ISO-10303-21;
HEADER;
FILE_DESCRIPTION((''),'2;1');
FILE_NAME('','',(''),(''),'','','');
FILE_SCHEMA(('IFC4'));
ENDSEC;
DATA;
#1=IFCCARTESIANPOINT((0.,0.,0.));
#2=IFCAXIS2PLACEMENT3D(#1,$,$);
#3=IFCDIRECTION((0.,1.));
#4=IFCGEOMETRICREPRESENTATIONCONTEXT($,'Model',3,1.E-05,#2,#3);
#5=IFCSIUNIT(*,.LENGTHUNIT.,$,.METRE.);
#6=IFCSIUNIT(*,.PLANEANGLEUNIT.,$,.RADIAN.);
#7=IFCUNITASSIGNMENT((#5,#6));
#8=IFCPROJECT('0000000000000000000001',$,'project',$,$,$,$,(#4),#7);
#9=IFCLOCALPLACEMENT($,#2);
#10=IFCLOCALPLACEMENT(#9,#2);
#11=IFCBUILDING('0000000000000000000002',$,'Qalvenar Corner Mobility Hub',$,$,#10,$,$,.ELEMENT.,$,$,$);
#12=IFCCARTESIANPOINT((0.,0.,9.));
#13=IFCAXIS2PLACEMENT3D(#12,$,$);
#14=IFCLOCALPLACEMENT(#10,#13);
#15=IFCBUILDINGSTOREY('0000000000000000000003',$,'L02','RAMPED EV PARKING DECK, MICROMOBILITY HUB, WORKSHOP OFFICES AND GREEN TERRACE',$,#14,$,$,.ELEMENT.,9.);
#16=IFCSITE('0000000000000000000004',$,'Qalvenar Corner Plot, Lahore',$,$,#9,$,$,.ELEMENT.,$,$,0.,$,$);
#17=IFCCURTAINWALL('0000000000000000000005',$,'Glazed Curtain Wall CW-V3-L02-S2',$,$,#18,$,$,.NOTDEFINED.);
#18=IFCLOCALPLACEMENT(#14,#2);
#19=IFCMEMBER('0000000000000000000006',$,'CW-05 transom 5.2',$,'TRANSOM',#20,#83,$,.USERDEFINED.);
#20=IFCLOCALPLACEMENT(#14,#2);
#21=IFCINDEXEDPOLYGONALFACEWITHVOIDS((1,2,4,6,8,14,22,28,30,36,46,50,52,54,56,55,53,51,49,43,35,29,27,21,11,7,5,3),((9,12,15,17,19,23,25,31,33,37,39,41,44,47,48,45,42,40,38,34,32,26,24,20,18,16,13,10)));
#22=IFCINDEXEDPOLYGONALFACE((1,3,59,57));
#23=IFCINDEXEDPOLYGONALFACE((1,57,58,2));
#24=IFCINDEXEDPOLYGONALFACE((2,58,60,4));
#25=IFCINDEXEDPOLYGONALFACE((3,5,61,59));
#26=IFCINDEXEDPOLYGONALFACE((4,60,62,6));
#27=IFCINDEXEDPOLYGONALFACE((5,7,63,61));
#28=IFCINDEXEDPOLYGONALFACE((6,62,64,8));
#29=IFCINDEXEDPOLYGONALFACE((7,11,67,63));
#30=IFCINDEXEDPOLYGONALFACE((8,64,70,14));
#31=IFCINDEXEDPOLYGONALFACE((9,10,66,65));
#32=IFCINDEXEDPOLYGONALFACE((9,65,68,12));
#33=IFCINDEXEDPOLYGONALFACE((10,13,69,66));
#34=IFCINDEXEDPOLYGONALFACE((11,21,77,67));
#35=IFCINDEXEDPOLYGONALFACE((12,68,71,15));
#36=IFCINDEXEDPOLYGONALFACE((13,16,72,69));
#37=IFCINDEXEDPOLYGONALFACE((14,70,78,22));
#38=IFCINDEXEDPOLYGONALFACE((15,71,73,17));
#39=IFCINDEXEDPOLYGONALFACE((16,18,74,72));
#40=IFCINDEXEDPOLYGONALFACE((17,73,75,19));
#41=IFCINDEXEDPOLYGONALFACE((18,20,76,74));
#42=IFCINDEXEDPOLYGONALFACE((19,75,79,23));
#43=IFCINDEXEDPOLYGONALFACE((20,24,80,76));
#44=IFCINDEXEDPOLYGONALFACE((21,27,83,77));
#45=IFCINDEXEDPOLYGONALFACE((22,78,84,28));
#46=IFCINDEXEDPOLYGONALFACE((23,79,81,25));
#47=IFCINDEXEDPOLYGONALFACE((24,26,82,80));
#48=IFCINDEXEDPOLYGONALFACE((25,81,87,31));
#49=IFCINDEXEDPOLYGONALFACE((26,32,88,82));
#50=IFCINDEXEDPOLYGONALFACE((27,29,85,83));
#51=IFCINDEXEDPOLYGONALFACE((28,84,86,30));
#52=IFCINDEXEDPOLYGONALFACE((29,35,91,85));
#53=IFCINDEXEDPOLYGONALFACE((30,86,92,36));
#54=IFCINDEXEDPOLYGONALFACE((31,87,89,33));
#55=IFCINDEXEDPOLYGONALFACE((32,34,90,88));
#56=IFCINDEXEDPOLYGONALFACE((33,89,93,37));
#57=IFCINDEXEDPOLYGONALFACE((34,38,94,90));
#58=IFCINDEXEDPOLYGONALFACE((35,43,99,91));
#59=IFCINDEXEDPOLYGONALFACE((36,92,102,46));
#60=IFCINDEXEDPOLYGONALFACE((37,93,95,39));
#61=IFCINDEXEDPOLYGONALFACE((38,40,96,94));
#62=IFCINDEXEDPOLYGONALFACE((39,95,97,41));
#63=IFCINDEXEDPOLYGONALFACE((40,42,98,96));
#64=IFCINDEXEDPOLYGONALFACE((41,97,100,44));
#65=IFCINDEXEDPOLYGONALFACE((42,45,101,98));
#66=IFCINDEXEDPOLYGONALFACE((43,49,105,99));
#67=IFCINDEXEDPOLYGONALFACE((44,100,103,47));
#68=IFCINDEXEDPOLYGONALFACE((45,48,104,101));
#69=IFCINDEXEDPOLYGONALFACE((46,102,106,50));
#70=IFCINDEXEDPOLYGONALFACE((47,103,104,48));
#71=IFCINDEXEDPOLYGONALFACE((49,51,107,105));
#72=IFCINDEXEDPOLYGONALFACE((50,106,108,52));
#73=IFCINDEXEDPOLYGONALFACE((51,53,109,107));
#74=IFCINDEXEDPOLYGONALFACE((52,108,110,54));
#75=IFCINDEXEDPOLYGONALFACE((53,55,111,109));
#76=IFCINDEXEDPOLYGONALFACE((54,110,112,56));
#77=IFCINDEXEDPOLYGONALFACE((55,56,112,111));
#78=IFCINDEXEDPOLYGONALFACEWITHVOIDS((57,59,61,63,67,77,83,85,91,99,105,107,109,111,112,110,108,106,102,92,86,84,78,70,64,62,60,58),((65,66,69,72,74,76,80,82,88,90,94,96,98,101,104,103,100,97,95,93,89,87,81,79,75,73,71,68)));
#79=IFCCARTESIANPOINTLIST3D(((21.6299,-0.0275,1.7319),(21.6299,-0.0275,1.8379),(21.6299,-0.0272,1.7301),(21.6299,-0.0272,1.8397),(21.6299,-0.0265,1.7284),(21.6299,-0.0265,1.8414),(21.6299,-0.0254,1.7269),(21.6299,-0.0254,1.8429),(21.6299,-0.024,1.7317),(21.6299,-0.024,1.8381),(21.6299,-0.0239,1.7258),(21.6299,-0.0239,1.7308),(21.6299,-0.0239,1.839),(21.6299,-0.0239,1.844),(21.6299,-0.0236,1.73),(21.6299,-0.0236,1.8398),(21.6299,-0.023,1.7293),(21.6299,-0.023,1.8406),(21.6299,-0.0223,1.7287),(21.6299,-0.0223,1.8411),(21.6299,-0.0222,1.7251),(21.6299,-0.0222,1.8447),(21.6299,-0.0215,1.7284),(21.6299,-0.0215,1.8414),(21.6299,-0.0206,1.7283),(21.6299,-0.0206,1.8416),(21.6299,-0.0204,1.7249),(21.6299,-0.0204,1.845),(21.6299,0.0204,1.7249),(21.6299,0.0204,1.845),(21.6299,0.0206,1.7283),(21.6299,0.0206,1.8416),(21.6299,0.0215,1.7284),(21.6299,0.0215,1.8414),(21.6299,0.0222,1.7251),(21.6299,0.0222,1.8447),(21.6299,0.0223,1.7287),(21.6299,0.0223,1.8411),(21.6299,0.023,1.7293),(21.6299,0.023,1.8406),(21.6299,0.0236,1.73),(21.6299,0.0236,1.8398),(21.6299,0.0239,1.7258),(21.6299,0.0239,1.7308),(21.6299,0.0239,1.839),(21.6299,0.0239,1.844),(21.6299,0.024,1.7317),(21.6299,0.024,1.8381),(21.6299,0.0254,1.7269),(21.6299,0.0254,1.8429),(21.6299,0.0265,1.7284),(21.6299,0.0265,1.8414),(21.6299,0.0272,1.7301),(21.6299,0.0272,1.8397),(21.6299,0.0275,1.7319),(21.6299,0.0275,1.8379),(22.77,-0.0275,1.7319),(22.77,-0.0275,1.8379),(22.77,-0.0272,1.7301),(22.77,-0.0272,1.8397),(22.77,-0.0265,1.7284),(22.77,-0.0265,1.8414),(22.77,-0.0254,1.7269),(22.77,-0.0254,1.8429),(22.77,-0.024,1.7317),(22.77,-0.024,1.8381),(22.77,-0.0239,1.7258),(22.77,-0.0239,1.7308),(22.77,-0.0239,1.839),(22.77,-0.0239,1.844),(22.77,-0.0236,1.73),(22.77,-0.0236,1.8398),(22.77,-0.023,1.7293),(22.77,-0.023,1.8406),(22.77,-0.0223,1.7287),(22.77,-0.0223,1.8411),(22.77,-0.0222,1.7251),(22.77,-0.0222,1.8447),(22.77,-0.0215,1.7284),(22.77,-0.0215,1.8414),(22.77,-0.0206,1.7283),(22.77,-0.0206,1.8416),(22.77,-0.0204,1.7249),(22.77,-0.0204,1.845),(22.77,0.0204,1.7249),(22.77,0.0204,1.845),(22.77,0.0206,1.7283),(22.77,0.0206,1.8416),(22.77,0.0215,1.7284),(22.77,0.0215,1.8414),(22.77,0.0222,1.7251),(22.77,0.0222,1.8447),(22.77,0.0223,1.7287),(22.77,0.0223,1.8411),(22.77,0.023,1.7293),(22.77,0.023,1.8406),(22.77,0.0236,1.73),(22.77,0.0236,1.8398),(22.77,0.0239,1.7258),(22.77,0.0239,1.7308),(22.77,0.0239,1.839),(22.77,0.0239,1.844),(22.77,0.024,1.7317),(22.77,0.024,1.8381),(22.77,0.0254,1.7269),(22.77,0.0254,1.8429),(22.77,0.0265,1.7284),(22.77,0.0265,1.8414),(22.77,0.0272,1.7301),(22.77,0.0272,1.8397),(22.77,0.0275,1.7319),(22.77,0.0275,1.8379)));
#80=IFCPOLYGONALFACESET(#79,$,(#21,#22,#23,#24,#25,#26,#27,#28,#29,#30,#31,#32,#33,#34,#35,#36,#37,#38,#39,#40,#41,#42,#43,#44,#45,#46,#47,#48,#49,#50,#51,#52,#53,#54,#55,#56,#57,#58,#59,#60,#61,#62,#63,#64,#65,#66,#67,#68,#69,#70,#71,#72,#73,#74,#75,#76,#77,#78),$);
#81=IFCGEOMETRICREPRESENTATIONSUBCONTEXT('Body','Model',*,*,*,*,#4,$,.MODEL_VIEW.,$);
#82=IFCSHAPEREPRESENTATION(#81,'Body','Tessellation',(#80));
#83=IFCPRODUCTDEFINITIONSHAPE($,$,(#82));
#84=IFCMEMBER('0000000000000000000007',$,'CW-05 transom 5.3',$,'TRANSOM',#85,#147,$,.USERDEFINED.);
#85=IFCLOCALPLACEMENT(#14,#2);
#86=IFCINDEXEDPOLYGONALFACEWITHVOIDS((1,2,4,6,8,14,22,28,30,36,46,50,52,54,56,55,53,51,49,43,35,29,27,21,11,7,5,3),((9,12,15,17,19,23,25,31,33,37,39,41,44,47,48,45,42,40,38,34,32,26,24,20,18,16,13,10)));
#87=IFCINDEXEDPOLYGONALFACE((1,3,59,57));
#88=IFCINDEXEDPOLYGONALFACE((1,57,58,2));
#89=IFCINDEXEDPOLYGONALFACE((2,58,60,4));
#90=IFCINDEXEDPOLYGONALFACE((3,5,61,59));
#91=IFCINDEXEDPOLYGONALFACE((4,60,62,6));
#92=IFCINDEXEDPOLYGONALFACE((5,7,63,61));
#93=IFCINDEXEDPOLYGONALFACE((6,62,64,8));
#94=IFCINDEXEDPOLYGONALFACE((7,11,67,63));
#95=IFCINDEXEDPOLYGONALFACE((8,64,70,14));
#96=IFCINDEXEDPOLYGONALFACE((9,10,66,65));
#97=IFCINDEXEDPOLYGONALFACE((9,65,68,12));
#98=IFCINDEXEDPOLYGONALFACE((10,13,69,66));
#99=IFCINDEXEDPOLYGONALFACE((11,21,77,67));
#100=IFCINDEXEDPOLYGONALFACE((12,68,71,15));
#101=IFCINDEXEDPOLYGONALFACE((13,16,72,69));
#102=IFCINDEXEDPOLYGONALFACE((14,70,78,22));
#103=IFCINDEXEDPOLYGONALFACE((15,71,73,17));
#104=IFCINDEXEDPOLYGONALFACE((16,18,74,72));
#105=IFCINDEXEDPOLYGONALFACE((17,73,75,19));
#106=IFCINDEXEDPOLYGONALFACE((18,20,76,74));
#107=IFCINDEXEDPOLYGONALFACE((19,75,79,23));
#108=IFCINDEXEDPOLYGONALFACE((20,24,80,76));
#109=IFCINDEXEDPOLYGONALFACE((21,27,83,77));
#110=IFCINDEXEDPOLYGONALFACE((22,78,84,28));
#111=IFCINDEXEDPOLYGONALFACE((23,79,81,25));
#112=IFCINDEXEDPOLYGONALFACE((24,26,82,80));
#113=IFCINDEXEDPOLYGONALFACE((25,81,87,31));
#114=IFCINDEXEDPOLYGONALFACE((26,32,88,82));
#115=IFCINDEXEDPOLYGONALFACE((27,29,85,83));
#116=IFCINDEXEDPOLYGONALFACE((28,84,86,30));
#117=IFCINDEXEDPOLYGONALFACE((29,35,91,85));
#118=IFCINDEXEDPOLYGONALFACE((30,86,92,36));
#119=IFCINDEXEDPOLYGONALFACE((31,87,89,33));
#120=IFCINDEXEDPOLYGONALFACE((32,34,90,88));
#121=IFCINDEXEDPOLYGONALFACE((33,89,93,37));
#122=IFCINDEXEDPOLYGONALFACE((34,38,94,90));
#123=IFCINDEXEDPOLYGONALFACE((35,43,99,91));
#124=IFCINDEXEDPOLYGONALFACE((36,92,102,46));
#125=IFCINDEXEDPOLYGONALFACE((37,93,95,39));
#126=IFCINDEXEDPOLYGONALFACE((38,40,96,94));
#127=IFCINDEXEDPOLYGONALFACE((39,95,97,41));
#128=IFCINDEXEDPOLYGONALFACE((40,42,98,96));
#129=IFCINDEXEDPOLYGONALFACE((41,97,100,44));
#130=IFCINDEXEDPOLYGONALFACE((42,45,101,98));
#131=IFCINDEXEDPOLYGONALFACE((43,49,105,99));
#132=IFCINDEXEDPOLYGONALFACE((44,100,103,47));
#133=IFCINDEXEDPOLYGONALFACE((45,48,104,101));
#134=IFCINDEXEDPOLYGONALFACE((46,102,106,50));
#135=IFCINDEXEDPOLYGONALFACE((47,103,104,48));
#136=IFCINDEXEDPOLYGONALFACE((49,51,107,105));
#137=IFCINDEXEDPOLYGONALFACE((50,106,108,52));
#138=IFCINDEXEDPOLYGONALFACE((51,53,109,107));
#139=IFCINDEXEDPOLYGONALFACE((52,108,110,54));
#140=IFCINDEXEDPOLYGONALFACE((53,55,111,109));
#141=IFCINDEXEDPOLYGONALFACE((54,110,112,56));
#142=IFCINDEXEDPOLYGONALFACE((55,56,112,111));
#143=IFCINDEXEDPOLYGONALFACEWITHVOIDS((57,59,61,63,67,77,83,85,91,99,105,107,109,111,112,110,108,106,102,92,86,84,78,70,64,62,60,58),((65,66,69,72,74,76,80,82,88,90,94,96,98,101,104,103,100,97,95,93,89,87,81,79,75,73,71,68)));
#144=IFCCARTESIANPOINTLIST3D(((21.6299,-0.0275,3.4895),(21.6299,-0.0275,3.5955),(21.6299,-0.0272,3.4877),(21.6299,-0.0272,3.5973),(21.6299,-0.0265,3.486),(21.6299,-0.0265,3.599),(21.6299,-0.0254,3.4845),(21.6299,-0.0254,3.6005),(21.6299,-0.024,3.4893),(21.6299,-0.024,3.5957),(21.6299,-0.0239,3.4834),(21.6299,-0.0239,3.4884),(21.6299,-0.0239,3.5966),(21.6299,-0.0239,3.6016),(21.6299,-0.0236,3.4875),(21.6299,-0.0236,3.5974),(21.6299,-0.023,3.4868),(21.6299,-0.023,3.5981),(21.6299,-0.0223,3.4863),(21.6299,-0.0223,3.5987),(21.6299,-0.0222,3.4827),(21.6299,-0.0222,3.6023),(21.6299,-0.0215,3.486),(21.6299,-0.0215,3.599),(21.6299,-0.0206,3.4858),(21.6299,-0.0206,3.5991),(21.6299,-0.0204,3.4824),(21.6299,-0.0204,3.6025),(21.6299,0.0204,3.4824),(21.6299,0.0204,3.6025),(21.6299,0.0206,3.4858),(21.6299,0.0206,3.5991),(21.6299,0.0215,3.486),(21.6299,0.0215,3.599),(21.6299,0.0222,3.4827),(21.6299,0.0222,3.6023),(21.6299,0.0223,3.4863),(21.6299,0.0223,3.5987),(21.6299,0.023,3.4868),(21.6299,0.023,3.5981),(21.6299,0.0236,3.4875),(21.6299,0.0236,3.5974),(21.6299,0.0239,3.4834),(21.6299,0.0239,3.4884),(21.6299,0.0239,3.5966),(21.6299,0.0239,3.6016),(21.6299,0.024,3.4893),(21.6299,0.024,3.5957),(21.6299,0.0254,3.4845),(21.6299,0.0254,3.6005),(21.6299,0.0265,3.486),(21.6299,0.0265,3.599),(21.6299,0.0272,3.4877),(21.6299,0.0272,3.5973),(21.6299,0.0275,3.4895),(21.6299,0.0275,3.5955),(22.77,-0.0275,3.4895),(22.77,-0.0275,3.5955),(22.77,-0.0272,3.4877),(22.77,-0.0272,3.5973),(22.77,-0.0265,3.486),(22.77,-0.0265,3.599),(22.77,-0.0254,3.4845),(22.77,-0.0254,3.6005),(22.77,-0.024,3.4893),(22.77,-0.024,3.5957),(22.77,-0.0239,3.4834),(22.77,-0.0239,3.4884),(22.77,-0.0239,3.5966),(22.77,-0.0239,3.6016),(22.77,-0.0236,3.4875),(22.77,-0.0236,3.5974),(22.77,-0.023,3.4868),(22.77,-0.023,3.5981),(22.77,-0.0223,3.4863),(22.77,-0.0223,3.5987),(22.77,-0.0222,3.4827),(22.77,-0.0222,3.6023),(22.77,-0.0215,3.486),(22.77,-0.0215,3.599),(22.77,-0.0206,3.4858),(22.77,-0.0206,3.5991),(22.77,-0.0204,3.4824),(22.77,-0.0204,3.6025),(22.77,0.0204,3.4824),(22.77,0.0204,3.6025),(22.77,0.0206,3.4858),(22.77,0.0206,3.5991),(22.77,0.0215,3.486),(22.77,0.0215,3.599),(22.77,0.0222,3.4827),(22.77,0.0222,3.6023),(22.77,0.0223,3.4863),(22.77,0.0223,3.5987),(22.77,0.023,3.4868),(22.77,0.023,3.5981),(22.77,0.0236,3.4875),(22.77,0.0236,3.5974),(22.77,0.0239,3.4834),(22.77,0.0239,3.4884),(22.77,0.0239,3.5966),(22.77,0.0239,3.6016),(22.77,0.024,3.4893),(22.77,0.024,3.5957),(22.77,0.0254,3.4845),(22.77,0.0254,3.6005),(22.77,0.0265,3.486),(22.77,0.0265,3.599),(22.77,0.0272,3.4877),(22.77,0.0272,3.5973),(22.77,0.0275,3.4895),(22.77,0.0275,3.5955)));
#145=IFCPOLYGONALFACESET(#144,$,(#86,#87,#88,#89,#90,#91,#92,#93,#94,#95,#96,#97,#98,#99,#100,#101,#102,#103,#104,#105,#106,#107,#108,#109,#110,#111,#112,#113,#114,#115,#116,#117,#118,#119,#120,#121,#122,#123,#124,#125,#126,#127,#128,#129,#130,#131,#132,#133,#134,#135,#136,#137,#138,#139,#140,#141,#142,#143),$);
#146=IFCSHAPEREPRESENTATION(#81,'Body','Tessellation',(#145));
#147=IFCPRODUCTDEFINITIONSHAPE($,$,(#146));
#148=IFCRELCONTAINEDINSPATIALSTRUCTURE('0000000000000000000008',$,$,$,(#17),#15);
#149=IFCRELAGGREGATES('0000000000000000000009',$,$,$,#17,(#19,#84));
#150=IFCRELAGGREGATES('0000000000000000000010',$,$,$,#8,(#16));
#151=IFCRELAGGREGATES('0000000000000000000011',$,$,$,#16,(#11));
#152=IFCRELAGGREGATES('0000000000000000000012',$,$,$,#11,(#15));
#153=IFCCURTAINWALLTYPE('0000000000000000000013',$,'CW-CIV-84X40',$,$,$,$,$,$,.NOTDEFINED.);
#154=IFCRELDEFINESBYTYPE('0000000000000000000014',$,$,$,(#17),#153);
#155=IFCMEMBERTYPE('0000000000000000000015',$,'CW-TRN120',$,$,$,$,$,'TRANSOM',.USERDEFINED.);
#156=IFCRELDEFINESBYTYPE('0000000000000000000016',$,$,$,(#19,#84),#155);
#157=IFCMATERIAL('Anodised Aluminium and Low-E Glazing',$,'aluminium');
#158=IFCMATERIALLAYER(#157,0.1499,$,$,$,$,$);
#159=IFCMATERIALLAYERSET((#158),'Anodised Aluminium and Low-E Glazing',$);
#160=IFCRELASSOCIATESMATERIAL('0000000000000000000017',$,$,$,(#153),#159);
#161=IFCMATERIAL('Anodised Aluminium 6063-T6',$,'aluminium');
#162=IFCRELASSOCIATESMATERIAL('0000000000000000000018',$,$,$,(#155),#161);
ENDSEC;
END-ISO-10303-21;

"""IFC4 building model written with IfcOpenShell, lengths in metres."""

from ifc_helpers import new_model, si_unit, direction, frame, origin, origin_2d, place, context, subcontext, project, spatial, hollow_rectangle, extrude, material, layer, layer_set, material_profile, profile_set, type_object, element, aggregate, save


model = new_model("IFC4")

# Units and contexts
model_context = context("Model", 3, precision=1e-05, world=origin(), true_north=direction((0.0, 1.0)))
body_context = subcontext(model_context, "Body", "Model", "MODEL_VIEW")
ifc_project = project(units=[si_unit("LENGTHUNIT", "METRE"), si_unit("PLANEANGLEUNIT", "RADIAN")], contexts=[model_context])

# Site, building, storey
site_placement = place(None, origin())
site = spatial("IfcSite", under=ifc_project, at=site_placement, Name="Qalvenar Corner Plot, Lahore", CompositionType="ELEMENT", RefElevation=0.0)
building_placement = place(site_placement, origin())
building = spatial("IfcBuilding", under=site, at=building_placement, Name="Qalvenar Corner Mobility Hub", CompositionType="ELEMENT")
storey_placement = place(building_placement, frame((0.0, 0.0, 9.0)))
storey = spatial("IfcBuildingStorey", under=building, at=storey_placement, Name="L02", Description="RAMPED EV PARKING DECK, MICROMOBILITY HUB, WORKSHOP OFFICES AND GREEN TERRACE", CompositionType="ELEMENT", Elevation=9.0)

# Curtain wall, members
ifc_material_1 = material(Name="Anodised Aluminium and Low-E Glazing", Category="aluminium")
ifc_layer_1 = layer(ifc_material_1, 0.1499)
ifc_layer_set_1 = layer_set([ifc_layer_1], Name="Anodised Aluminium and Low-E Glazing")
curtain_wall_type = type_object("IfcCurtainWallType", Name="CW-CIV-84X40", PredefinedType="NOTDEFINED", material=ifc_layer_set_1)
curtain_wall_placement = place(storey_placement, origin())
curtain_wall = element("IfcCurtainWall", 1, at=curtain_wall_placement, inside=storey, type_object=curtain_wall_type, Name="Glazed Curtain Wall CW-V3-L02-S2", PredefinedType="NOTDEFINED")
ifc_material_2 = material(Name="Anodised Aluminium 6063-T6", Category="aluminium")
ifc_material_profile_1 = material_profile(ifc_material_2, hollow_rectangle(XDim=0.0549, YDim=0.1201, WallThickness=0.0034, InnerFilletRadius=0.0034, OuterFilletRadius=0.0071, at=origin_2d()), Name="RHS120x55x3.5")
ifc_profile_set_1 = profile_set([ifc_material_profile_1], Name="Anodised Aluminium 6063-T6")
member_type_1 = type_object("IfcMemberType", Name="CW-TRN120", ElementType="TRANSOM", PredefinedType="USERDEFINED", material=ifc_profile_set_1)
member_1_placement = place(storey_placement, frame((21.6299, 0.0, 1.7849), z_axis=(1.0, 0.0, 0.0), x_axis=(0.0, 1.0, 0.0)))
member_1 = element("IfcMember", 2, at=member_1_placement, type_object=member_type_1, Name="CW-05 transom 5.2", ObjectType="TRANSOM", PredefinedType="USERDEFINED", context=body_context, shape_type="SweptSolid", body=[
    extrude(hollow_rectangle(XDim=0.0549, YDim=0.1201, WallThickness=0.0034, InnerFilletRadius=0.0034, OuterFilletRadius=0.0071, at=origin_2d()), origin(), (0.0, 0.0, 1.0), 1.1401),
])
member_2_placement = place(storey_placement, frame((21.6299, 0.0, 3.5425), z_axis=(1.0, 0.0, 0.0), x_axis=(0.0, 1.0, 0.0)))
member_2 = element("IfcMember", 3, at=member_2_placement, type_object=member_type_1, Name="CW-05 transom 5.3", ObjectType="TRANSOM", PredefinedType="USERDEFINED", context=body_context, shape_type="SweptSolid", body=[
    extrude(hollow_rectangle(XDim=0.0549, YDim=0.1201, WallThickness=0.0034, InnerFilletRadius=0.0034, OuterFilletRadius=0.0071, at=origin_2d()), origin(), (0.0, 0.0, 1.0), 1.1401),
])
aggregate(curtain_wall, [member_1, member_2])

save(model, "model.ifc")
